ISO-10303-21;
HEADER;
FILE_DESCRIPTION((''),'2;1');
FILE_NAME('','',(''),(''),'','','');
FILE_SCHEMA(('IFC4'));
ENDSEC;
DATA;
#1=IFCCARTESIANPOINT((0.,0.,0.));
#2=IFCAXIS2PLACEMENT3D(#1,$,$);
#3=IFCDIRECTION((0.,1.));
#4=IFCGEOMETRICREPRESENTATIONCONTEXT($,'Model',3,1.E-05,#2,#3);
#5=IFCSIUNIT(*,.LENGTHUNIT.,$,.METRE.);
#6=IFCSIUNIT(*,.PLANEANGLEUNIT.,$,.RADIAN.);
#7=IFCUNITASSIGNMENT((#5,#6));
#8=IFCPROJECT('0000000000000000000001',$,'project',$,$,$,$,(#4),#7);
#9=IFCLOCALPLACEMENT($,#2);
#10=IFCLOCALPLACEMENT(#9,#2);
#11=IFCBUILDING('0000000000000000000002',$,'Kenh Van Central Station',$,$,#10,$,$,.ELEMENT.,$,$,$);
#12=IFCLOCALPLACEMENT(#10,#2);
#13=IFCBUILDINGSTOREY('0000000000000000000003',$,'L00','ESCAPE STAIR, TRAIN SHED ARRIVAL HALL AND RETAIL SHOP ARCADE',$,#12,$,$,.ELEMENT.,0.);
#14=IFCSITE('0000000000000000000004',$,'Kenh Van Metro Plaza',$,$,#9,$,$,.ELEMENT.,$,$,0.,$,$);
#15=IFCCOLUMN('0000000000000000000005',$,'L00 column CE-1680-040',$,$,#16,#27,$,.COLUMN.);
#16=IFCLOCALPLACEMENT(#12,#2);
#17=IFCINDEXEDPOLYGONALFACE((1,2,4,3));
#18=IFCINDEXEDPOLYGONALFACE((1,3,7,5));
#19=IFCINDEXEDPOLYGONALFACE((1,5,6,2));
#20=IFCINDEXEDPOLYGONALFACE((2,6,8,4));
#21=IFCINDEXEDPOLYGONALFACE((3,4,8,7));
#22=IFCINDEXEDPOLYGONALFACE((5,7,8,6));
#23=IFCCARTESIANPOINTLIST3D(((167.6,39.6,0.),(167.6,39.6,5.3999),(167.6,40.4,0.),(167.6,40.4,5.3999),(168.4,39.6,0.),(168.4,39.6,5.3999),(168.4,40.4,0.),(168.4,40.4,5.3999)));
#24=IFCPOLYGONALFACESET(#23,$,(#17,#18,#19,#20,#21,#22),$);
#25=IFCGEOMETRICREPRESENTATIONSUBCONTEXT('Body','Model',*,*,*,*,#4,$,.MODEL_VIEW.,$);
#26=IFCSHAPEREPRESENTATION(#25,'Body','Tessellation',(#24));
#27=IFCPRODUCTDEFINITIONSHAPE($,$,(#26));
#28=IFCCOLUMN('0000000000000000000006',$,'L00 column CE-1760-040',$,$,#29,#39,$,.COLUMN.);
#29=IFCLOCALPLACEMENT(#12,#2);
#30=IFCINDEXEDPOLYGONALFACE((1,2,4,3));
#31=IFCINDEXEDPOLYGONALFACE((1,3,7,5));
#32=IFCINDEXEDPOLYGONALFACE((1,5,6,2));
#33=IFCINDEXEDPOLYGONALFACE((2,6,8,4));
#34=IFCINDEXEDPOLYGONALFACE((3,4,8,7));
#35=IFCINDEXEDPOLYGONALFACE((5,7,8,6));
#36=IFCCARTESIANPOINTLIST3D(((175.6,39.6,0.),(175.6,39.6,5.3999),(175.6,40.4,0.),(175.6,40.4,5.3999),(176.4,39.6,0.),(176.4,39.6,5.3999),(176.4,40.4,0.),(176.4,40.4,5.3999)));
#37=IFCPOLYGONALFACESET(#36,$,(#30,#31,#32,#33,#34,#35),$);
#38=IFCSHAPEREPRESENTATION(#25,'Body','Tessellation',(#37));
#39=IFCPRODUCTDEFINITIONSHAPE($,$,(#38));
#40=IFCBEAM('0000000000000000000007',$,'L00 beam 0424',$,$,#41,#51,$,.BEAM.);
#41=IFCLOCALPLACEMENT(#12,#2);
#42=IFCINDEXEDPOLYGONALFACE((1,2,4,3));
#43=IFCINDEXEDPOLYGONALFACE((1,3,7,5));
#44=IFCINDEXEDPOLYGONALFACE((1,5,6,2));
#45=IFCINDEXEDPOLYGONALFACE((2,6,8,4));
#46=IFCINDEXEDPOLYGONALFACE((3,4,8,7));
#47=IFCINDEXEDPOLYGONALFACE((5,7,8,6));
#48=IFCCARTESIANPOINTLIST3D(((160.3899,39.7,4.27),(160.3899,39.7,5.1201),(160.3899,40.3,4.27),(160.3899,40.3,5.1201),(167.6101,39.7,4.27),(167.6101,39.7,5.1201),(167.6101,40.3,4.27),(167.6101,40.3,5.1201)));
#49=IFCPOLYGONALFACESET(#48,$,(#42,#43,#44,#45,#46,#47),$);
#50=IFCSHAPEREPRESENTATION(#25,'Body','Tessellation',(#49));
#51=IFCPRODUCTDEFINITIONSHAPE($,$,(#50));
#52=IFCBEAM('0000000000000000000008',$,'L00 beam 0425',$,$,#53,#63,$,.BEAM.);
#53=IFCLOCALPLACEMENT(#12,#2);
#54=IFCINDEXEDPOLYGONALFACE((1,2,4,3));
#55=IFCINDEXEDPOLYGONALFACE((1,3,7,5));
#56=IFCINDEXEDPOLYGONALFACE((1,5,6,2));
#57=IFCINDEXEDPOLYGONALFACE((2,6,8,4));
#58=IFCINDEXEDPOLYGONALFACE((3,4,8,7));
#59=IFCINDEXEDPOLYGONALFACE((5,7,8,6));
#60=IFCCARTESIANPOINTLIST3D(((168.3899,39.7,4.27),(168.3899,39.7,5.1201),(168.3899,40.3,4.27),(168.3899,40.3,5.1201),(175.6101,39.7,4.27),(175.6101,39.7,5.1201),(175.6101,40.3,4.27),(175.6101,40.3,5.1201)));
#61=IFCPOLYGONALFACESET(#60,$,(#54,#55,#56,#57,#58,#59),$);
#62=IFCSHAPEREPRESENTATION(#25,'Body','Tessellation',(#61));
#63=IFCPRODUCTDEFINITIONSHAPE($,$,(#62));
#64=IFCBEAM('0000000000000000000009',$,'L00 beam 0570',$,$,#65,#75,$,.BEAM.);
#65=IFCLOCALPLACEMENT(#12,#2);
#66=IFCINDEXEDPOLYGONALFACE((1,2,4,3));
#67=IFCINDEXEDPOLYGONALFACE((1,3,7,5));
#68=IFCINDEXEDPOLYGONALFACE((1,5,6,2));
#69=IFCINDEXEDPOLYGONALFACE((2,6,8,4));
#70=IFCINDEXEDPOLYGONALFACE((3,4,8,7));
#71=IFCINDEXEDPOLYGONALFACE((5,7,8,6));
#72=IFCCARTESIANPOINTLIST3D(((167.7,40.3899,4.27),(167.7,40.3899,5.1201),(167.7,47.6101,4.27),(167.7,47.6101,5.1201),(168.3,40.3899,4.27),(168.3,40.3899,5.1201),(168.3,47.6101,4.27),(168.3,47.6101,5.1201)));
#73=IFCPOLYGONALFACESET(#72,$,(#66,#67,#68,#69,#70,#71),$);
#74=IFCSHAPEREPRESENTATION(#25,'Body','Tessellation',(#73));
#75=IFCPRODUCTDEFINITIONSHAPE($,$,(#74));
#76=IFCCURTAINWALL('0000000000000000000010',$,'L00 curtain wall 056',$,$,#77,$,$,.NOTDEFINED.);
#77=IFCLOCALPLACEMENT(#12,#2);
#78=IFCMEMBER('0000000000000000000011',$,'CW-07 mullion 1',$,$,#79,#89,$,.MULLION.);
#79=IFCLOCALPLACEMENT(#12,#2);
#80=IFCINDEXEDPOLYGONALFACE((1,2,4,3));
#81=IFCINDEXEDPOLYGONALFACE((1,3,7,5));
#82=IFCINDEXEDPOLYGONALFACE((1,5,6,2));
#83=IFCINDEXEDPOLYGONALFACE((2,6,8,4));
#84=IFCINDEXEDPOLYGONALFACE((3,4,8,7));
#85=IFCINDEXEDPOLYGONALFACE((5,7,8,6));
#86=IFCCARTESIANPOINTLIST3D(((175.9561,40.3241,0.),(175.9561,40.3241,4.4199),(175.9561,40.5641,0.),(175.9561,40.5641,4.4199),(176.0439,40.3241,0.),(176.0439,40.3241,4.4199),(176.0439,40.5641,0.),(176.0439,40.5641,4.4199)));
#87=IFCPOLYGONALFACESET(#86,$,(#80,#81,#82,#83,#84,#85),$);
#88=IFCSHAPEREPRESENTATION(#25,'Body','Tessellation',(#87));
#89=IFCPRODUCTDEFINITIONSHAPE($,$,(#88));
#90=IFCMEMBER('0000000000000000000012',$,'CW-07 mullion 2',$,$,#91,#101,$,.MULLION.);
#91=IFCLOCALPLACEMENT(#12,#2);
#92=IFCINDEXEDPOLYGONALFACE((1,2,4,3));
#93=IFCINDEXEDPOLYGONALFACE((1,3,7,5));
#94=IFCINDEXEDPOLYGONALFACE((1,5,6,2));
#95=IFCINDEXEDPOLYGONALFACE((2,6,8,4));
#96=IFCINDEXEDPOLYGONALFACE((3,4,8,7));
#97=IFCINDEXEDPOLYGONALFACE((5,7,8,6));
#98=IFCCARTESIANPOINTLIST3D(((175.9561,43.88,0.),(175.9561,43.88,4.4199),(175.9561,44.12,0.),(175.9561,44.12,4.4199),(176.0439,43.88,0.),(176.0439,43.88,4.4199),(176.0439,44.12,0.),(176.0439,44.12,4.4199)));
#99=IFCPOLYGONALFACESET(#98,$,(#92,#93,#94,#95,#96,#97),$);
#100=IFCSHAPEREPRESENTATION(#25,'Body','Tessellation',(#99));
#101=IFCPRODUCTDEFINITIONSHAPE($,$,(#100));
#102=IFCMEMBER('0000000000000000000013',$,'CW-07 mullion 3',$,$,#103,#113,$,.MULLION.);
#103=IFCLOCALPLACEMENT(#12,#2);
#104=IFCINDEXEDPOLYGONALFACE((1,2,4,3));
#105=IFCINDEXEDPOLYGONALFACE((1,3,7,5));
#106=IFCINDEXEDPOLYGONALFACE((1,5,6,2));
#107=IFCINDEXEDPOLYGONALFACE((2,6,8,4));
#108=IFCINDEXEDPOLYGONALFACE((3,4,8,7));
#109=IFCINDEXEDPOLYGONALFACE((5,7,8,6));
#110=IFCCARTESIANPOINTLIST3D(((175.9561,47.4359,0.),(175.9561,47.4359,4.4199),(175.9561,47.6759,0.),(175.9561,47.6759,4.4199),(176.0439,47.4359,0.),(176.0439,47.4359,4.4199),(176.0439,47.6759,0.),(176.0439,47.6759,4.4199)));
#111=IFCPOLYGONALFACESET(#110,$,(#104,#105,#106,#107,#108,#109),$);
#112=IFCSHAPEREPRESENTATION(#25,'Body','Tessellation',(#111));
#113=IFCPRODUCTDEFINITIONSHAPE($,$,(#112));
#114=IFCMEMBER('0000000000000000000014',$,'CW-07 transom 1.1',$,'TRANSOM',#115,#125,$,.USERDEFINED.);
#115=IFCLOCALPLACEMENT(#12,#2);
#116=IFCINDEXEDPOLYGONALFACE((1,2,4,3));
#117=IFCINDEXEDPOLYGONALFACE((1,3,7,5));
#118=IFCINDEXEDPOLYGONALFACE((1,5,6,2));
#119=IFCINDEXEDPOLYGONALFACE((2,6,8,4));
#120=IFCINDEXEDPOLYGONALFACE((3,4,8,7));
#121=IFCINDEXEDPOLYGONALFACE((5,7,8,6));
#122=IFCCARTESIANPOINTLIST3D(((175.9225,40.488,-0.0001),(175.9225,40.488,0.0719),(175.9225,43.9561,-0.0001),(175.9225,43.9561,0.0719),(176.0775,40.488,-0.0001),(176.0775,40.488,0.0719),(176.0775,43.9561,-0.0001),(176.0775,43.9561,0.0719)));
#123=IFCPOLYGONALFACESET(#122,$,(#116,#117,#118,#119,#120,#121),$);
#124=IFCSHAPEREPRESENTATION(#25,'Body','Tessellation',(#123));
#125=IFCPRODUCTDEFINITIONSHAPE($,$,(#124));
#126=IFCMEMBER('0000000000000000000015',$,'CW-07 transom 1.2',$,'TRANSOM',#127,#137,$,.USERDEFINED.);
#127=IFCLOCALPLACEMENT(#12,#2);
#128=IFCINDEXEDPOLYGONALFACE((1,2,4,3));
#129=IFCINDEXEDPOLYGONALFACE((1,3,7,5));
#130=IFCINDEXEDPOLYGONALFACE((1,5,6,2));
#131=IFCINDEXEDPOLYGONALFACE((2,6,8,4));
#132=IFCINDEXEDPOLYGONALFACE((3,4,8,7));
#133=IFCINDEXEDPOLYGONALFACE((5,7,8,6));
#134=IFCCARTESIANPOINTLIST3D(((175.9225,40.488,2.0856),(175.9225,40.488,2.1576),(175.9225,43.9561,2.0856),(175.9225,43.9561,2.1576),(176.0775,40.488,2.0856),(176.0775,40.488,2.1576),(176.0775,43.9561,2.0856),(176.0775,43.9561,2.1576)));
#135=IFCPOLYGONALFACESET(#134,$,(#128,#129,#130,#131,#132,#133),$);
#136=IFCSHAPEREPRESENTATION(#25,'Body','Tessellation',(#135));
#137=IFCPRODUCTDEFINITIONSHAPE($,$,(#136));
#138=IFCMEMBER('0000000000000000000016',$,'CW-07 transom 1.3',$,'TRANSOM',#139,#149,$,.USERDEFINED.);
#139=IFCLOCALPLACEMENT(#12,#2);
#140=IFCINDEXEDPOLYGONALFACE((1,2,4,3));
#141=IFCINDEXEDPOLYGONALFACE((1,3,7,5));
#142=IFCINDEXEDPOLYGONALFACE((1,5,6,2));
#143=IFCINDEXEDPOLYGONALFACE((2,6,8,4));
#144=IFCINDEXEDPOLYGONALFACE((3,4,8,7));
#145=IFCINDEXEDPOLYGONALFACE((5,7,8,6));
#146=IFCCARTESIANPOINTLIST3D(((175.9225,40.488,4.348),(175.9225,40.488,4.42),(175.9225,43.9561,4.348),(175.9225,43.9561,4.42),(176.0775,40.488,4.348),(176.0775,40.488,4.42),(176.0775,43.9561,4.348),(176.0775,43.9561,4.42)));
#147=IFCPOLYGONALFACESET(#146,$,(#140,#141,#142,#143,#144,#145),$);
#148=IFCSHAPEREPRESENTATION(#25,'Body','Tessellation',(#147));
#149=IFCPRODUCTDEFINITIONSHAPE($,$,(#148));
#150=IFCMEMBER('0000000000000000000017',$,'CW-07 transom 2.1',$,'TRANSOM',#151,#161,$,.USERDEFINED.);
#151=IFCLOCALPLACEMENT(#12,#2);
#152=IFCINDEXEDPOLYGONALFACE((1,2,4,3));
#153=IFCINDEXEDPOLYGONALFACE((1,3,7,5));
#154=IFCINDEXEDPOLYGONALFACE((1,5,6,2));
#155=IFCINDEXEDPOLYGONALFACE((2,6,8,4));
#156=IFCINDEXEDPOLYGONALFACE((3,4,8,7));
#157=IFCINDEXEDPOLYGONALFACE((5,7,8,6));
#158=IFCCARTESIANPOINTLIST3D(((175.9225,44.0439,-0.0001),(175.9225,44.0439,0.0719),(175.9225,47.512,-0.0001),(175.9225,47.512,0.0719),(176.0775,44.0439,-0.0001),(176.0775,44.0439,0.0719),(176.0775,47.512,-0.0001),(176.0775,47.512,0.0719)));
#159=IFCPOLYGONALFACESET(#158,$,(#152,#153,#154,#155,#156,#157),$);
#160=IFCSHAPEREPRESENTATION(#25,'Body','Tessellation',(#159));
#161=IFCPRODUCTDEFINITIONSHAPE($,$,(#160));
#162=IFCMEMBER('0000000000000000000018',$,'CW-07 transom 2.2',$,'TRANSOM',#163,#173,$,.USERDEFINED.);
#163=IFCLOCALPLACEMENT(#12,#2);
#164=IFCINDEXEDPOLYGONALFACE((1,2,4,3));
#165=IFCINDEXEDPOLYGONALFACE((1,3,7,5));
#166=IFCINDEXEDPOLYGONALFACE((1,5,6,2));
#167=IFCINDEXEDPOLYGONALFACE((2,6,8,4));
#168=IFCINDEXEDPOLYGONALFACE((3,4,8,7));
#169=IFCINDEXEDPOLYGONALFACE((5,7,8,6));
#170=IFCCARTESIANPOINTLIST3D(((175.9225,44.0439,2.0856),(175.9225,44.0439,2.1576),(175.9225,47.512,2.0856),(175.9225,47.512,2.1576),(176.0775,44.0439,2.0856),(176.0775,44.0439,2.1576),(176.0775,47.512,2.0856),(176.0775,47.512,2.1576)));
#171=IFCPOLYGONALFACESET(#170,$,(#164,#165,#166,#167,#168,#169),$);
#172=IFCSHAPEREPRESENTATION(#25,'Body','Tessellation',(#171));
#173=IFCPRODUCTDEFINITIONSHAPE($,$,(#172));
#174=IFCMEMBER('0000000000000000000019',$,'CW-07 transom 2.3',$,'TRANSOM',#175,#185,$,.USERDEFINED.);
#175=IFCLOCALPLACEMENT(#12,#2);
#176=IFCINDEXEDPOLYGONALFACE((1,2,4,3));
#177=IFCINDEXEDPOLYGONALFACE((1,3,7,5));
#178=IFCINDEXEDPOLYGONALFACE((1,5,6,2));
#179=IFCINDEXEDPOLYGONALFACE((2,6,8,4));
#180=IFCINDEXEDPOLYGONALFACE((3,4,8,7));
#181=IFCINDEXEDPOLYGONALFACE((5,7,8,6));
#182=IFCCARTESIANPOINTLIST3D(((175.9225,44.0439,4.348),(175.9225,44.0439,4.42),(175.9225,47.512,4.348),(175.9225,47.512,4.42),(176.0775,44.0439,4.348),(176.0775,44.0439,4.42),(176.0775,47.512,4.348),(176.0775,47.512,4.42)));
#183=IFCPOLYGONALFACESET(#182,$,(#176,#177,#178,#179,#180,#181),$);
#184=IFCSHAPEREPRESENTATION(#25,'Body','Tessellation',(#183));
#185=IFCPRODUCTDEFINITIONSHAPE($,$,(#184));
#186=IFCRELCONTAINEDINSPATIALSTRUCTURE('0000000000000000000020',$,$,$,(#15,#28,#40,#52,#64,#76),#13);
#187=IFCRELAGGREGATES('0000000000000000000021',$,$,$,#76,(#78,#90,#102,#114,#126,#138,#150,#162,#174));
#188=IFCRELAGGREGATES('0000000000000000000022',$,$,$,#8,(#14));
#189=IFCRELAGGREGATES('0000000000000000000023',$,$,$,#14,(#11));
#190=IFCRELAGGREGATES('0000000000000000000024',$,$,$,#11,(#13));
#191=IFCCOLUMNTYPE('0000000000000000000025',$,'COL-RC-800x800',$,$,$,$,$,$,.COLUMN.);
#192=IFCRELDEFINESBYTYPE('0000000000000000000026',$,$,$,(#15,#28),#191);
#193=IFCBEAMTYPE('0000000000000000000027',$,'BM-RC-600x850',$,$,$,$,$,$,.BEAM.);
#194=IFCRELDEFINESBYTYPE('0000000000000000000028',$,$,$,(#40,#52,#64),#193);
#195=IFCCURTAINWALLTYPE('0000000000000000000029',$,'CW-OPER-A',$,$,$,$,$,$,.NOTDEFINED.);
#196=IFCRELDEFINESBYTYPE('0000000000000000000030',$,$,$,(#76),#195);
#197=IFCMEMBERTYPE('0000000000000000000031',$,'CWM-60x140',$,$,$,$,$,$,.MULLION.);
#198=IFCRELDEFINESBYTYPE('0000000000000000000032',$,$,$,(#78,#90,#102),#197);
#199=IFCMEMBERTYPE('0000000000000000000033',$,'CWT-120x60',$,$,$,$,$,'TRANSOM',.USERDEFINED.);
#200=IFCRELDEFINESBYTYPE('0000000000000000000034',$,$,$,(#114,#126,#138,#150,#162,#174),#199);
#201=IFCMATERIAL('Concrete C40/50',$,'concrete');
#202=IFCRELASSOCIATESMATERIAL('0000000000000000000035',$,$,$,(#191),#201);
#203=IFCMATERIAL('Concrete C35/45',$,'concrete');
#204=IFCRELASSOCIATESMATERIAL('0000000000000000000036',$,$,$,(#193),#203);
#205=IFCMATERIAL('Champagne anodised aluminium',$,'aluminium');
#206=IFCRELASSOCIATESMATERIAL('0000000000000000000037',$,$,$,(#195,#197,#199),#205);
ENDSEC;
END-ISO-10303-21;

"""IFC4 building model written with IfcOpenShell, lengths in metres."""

from ifc_helpers import new_model, si_unit, direction, frame, origin, origin_2d, place, context, subcontext, project, spatial, rectangle, extrude, material, material_profile, profile_set, type_object, element, aggregate, save


model = new_model("IFC4")

# Units and contexts
model_context = context("Model", 3, precision=1e-05, world=origin(), true_north=direction((0.0, 1.0)))
body_context = subcontext(model_context, "Body", "Model", "MODEL_VIEW")
ifc_project = project(units=[si_unit("LENGTHUNIT", "METRE"), si_unit("PLANEANGLEUNIT", "RADIAN")], contexts=[model_context])

# Site, building, storey
site_placement = place(None, origin())
site = spatial("IfcSite", under=ifc_project, at=site_placement, Name="Kenh Van Metro Plaza", CompositionType="ELEMENT", RefElevation=0.0)
building_placement = place(site_placement, origin())
building = spatial("IfcBuilding", under=site, at=building_placement, Name="Kenh Van Central Station", CompositionType="ELEMENT")
storey_placement = place(building_placement, origin())
storey = spatial("IfcBuildingStorey", under=building, at=storey_placement, Name="L00", Description="ESCAPE STAIR, TRAIN SHED ARRIVAL HALL AND RETAIL SHOP ARCADE", CompositionType="ELEMENT", Elevation=0.0)

# Columns
ifc_material_1 = material(Name="Concrete C40/50", Category="concrete")
ifc_material_profile_1 = material_profile(ifc_material_1, rectangle(XDim=0.8, YDim=0.8, at=origin_2d()), Name="RC 800x800")
ifc_profile_set_1 = profile_set([ifc_material_profile_1], Name="Concrete C40/50")
column_type = type_object("IfcColumnType", Name="COL-RC-800x800", PredefinedType="COLUMN", material=ifc_profile_set_1)
for number, where, z_axis, x_axis, name in (
    (1, (168.0, 40.0, 0.0), (0.0, 0.0, 1.0), (1.0, 0.0, 0.0), "L00 column CE-1680-040"),
    (2, (176.0, 40.0, 0.0), (0.0, 0.0, 1.0), (1.0, 0.0, 0.0), "L00 column CE-1760-040"),
):
    element("IfcColumn", number, at=place(storey_placement, frame(where, z_axis=z_axis, x_axis=x_axis)), inside=storey, type_object=column_type, Name=name, PredefinedType="COLUMN", context=body_context, shape_type="SweptSolid", body=[
        extrude(rectangle(XDim=0.8, YDim=0.8, at=origin_2d()), origin(), (0.0, 0.0, 1.0), 5.3999),
    ])

# Beams
ifc_material_2 = material(Name="Concrete C35/45", Category="concrete")
ifc_material_profile_2 = material_profile(ifc_material_2, rectangle(XDim=0.6001, YDim=0.8501, at=origin_2d()), Name="RC 600x850")
ifc_profile_set_2 = profile_set([ifc_material_profile_2], Name="Concrete C35/45")
beam_type_1 = type_object("IfcBeamType", Name="BM-RC-600x850", PredefinedType="BEAM", material=ifc_profile_set_2)
for number, where, z_axis, x_axis, name in (
    (3, (160.3899, 40.0, 4.6951), (1.0, 0.0, 0.0), (0.0, 1.0, 0.0), "L00 beam 0424"),
    (4, (168.3899, 40.0, 4.6951), (1.0, 0.0, 0.0), (0.0, 1.0, 0.0), "L00 beam 0425"),
    (5, (168.0, 40.3899, 4.6951), (0.0, 1.0, 0.0), (-1.0, 0.0, 0.0), "L00 beam 0570"),
):
    element("IfcBeam", number, at=place(storey_placement, frame(where, z_axis=z_axis, x_axis=x_axis)), inside=storey, type_object=beam_type_1, Name=name, PredefinedType="BEAM", context=body_context, shape_type="SweptSolid", body=[
        extrude(rectangle(XDim=0.6001, YDim=0.8501, at=origin_2d()), origin(), (0.0, 0.0, 1.0), 7.2202),
    ])

# Curtain wall, members
ifc_material_3 = material(Name="Champagne anodised aluminium", Category="aluminium")
curtain_wall_type = type_object("IfcCurtainWallType", Name="CW-OPER-A", PredefinedType="NOTDEFINED", material=ifc_material_3)
curtain_wall_placement = place(storey_placement, origin())
curtain_wall = element("IfcCurtainWall", 6, at=curtain_wall_placement, inside=storey, type_object=curtain_wall_type, Name="L00 curtain wall 056", PredefinedType="NOTDEFINED")
ifc_material_profile_3 = material_profile(ifc_material_3, rectangle(XDim=0.0879, YDim=0.24, at=origin_2d()), Name="AL 88x240")
ifc_profile_set_3 = profile_set([ifc_material_profile_3], Name="Champagne anodised aluminium")
member_type_1 = type_object("IfcMemberType", Name="CWM-60x140", PredefinedType="MULLION", material=ifc_profile_set_3)
member_1_placement = place(storey_placement, frame((176.0, 40.4441, 0.0), z_axis=(0.0, 0.0, 1.0), x_axis=(-1.0, 0.0, 0.0)))
member_1 = element("IfcMember", 7, at=member_1_placement, type_object=member_type_1, Name="CW-07 mullion 1", PredefinedType="MULLION", context=body_context, shape_type="SweptSolid", body=[
    extrude(rectangle(XDim=0.0879, YDim=0.24, at=origin_2d()), origin(), (0.0, 0.0, 1.0), 4.4199),
])
member_2_placement = place(storey_placement, frame((176.0, 44.0, 0.0), z_axis=(0.0, 0.0, 1.0), x_axis=(-1.0, 0.0, 0.0)))
member_2 = element("IfcMember", 8, at=member_2_placement, type_object=member_type_1, Name="CW-07 mullion 2", PredefinedType="MULLION", context=body_context, shape_type="SweptSolid", body=[
    extrude(rectangle(XDim=0.0879, YDim=0.24, at=origin_2d()), origin(), (0.0, 0.0, 1.0), 4.4199),
])
member_3_placement = place(storey_placement, frame((176.0, 47.5559, 0.0), z_axis=(0.0, 0.0, 1.0), x_axis=(-1.0, 0.0, 0.0)))
member_3 = element("IfcMember", 9, at=member_3_placement, type_object=member_type_1, Name="CW-07 mullion 3", PredefinedType="MULLION", context=body_context, shape_type="SweptSolid", body=[
    extrude(rectangle(XDim=0.0879, YDim=0.24, at=origin_2d()), origin(), (0.0, 0.0, 1.0), 4.4199),
])
ifc_material_profile_4 = material_profile(ifc_material_3, rectangle(XDim=0.155, YDim=0.072, at=origin_2d()), Name="AL 155x72")
ifc_profile_set_4 = profile_set([ifc_material_profile_4], Name="Champagne anodised aluminium")
member_type_2 = type_object("IfcMemberType", Name="CWT-120x60", ElementType="TRANSOM", PredefinedType="USERDEFINED", material=ifc_profile_set_4)
member_4_placement = place(storey_placement, frame((176.0, 40.488, 0.0359), z_axis=(0.0, 1.0, 0.0), x_axis=(-1.0, 0.0, 0.0)))
member_4 = element("IfcMember", 10, at=member_4_placement, type_object=member_type_2, Name="CW-07 transom 1.1", ObjectType="TRANSOM", PredefinedType="USERDEFINED", context=body_context, shape_type="SweptSolid", body=[
    extrude(rectangle(XDim=0.155, YDim=0.072, at=origin_2d()), origin(), (0.0, 0.0, 1.0), 3.468),
])
member_5_placement = place(storey_placement, frame((176.0, 40.488, 2.1216), z_axis=(0.0, 1.0, 0.0), x_axis=(-1.0, 0.0, 0.0)))
member_5 = element("IfcMember", 11, at=member_5_placement, type_object=member_type_2, Name="CW-07 transom 1.2", ObjectType="TRANSOM", PredefinedType="USERDEFINED", context=body_context, shape_type="SweptSolid", body=[
    extrude(rectangle(XDim=0.155, YDim=0.072, at=origin_2d()), origin(), (0.0, 0.0, 1.0), 3.468),
])
member_6_placement = place(storey_placement, frame((176.0, 40.488, 4.384), z_axis=(0.0, 1.0, 0.0), x_axis=(-1.0, 0.0, 0.0)))
member_6 = element("IfcMember", 12, at=member_6_placement, type_object=member_type_2, Name="CW-07 transom 1.3", ObjectType="TRANSOM", PredefinedType="USERDEFINED", context=body_context, shape_type="SweptSolid", body=[
    extrude(rectangle(XDim=0.155, YDim=0.072, at=origin_2d()), origin(), (0.0, 0.0, 1.0), 3.468),
])
member_7_placement = place(storey_placement, frame((176.0, 44.0439, 0.0359), z_axis=(0.0, 1.0, 0.0), x_axis=(-1.0, 0.0, 0.0)))
member_7 = element("IfcMember", 13, at=member_7_placement, type_object=member_type_2, Name="CW-07 transom 2.1", ObjectType="TRANSOM", PredefinedType="USERDEFINED", context=body_context, shape_type="SweptSolid", body=[
    extrude(rectangle(XDim=0.155, YDim=0.072, at=origin_2d()), origin(), (0.0, 0.0, 1.0), 3.468),
])
member_8_placement = place(storey_placement, frame((176.0, 44.0439, 2.1216), z_axis=(0.0, 1.0, 0.0), x_axis=(-1.0, 0.0, 0.0)))
member_8 = element("IfcMember", 14, at=member_8_placement, type_object=member_type_2, Name="CW-07 transom 2.2", ObjectType="TRANSOM", PredefinedType="USERDEFINED", context=body_context, shape_type="SweptSolid", body=[
    extrude(rectangle(XDim=0.155, YDim=0.072, at=origin_2d()), origin(), (0.0, 0.0, 1.0), 3.468),
])
member_9_placement = place(storey_placement, frame((176.0, 44.0439, 4.384), z_axis=(0.0, 1.0, 0.0), x_axis=(-1.0, 0.0, 0.0)))
member_9 = element("IfcMember", 15, at=member_9_placement, type_object=member_type_2, Name="CW-07 transom 2.3", ObjectType="TRANSOM", PredefinedType="USERDEFINED", context=body_context, shape_type="SweptSolid", body=[
    extrude(rectangle(XDim=0.155, YDim=0.072, at=origin_2d()), origin(), (0.0, 0.0, 1.0), 3.468),
])

aggregate(curtain_wall, [member_1, member_2, member_3, member_4, member_5, member_6, member_7, member_8, member_9])

save(model, "model.ifc")
